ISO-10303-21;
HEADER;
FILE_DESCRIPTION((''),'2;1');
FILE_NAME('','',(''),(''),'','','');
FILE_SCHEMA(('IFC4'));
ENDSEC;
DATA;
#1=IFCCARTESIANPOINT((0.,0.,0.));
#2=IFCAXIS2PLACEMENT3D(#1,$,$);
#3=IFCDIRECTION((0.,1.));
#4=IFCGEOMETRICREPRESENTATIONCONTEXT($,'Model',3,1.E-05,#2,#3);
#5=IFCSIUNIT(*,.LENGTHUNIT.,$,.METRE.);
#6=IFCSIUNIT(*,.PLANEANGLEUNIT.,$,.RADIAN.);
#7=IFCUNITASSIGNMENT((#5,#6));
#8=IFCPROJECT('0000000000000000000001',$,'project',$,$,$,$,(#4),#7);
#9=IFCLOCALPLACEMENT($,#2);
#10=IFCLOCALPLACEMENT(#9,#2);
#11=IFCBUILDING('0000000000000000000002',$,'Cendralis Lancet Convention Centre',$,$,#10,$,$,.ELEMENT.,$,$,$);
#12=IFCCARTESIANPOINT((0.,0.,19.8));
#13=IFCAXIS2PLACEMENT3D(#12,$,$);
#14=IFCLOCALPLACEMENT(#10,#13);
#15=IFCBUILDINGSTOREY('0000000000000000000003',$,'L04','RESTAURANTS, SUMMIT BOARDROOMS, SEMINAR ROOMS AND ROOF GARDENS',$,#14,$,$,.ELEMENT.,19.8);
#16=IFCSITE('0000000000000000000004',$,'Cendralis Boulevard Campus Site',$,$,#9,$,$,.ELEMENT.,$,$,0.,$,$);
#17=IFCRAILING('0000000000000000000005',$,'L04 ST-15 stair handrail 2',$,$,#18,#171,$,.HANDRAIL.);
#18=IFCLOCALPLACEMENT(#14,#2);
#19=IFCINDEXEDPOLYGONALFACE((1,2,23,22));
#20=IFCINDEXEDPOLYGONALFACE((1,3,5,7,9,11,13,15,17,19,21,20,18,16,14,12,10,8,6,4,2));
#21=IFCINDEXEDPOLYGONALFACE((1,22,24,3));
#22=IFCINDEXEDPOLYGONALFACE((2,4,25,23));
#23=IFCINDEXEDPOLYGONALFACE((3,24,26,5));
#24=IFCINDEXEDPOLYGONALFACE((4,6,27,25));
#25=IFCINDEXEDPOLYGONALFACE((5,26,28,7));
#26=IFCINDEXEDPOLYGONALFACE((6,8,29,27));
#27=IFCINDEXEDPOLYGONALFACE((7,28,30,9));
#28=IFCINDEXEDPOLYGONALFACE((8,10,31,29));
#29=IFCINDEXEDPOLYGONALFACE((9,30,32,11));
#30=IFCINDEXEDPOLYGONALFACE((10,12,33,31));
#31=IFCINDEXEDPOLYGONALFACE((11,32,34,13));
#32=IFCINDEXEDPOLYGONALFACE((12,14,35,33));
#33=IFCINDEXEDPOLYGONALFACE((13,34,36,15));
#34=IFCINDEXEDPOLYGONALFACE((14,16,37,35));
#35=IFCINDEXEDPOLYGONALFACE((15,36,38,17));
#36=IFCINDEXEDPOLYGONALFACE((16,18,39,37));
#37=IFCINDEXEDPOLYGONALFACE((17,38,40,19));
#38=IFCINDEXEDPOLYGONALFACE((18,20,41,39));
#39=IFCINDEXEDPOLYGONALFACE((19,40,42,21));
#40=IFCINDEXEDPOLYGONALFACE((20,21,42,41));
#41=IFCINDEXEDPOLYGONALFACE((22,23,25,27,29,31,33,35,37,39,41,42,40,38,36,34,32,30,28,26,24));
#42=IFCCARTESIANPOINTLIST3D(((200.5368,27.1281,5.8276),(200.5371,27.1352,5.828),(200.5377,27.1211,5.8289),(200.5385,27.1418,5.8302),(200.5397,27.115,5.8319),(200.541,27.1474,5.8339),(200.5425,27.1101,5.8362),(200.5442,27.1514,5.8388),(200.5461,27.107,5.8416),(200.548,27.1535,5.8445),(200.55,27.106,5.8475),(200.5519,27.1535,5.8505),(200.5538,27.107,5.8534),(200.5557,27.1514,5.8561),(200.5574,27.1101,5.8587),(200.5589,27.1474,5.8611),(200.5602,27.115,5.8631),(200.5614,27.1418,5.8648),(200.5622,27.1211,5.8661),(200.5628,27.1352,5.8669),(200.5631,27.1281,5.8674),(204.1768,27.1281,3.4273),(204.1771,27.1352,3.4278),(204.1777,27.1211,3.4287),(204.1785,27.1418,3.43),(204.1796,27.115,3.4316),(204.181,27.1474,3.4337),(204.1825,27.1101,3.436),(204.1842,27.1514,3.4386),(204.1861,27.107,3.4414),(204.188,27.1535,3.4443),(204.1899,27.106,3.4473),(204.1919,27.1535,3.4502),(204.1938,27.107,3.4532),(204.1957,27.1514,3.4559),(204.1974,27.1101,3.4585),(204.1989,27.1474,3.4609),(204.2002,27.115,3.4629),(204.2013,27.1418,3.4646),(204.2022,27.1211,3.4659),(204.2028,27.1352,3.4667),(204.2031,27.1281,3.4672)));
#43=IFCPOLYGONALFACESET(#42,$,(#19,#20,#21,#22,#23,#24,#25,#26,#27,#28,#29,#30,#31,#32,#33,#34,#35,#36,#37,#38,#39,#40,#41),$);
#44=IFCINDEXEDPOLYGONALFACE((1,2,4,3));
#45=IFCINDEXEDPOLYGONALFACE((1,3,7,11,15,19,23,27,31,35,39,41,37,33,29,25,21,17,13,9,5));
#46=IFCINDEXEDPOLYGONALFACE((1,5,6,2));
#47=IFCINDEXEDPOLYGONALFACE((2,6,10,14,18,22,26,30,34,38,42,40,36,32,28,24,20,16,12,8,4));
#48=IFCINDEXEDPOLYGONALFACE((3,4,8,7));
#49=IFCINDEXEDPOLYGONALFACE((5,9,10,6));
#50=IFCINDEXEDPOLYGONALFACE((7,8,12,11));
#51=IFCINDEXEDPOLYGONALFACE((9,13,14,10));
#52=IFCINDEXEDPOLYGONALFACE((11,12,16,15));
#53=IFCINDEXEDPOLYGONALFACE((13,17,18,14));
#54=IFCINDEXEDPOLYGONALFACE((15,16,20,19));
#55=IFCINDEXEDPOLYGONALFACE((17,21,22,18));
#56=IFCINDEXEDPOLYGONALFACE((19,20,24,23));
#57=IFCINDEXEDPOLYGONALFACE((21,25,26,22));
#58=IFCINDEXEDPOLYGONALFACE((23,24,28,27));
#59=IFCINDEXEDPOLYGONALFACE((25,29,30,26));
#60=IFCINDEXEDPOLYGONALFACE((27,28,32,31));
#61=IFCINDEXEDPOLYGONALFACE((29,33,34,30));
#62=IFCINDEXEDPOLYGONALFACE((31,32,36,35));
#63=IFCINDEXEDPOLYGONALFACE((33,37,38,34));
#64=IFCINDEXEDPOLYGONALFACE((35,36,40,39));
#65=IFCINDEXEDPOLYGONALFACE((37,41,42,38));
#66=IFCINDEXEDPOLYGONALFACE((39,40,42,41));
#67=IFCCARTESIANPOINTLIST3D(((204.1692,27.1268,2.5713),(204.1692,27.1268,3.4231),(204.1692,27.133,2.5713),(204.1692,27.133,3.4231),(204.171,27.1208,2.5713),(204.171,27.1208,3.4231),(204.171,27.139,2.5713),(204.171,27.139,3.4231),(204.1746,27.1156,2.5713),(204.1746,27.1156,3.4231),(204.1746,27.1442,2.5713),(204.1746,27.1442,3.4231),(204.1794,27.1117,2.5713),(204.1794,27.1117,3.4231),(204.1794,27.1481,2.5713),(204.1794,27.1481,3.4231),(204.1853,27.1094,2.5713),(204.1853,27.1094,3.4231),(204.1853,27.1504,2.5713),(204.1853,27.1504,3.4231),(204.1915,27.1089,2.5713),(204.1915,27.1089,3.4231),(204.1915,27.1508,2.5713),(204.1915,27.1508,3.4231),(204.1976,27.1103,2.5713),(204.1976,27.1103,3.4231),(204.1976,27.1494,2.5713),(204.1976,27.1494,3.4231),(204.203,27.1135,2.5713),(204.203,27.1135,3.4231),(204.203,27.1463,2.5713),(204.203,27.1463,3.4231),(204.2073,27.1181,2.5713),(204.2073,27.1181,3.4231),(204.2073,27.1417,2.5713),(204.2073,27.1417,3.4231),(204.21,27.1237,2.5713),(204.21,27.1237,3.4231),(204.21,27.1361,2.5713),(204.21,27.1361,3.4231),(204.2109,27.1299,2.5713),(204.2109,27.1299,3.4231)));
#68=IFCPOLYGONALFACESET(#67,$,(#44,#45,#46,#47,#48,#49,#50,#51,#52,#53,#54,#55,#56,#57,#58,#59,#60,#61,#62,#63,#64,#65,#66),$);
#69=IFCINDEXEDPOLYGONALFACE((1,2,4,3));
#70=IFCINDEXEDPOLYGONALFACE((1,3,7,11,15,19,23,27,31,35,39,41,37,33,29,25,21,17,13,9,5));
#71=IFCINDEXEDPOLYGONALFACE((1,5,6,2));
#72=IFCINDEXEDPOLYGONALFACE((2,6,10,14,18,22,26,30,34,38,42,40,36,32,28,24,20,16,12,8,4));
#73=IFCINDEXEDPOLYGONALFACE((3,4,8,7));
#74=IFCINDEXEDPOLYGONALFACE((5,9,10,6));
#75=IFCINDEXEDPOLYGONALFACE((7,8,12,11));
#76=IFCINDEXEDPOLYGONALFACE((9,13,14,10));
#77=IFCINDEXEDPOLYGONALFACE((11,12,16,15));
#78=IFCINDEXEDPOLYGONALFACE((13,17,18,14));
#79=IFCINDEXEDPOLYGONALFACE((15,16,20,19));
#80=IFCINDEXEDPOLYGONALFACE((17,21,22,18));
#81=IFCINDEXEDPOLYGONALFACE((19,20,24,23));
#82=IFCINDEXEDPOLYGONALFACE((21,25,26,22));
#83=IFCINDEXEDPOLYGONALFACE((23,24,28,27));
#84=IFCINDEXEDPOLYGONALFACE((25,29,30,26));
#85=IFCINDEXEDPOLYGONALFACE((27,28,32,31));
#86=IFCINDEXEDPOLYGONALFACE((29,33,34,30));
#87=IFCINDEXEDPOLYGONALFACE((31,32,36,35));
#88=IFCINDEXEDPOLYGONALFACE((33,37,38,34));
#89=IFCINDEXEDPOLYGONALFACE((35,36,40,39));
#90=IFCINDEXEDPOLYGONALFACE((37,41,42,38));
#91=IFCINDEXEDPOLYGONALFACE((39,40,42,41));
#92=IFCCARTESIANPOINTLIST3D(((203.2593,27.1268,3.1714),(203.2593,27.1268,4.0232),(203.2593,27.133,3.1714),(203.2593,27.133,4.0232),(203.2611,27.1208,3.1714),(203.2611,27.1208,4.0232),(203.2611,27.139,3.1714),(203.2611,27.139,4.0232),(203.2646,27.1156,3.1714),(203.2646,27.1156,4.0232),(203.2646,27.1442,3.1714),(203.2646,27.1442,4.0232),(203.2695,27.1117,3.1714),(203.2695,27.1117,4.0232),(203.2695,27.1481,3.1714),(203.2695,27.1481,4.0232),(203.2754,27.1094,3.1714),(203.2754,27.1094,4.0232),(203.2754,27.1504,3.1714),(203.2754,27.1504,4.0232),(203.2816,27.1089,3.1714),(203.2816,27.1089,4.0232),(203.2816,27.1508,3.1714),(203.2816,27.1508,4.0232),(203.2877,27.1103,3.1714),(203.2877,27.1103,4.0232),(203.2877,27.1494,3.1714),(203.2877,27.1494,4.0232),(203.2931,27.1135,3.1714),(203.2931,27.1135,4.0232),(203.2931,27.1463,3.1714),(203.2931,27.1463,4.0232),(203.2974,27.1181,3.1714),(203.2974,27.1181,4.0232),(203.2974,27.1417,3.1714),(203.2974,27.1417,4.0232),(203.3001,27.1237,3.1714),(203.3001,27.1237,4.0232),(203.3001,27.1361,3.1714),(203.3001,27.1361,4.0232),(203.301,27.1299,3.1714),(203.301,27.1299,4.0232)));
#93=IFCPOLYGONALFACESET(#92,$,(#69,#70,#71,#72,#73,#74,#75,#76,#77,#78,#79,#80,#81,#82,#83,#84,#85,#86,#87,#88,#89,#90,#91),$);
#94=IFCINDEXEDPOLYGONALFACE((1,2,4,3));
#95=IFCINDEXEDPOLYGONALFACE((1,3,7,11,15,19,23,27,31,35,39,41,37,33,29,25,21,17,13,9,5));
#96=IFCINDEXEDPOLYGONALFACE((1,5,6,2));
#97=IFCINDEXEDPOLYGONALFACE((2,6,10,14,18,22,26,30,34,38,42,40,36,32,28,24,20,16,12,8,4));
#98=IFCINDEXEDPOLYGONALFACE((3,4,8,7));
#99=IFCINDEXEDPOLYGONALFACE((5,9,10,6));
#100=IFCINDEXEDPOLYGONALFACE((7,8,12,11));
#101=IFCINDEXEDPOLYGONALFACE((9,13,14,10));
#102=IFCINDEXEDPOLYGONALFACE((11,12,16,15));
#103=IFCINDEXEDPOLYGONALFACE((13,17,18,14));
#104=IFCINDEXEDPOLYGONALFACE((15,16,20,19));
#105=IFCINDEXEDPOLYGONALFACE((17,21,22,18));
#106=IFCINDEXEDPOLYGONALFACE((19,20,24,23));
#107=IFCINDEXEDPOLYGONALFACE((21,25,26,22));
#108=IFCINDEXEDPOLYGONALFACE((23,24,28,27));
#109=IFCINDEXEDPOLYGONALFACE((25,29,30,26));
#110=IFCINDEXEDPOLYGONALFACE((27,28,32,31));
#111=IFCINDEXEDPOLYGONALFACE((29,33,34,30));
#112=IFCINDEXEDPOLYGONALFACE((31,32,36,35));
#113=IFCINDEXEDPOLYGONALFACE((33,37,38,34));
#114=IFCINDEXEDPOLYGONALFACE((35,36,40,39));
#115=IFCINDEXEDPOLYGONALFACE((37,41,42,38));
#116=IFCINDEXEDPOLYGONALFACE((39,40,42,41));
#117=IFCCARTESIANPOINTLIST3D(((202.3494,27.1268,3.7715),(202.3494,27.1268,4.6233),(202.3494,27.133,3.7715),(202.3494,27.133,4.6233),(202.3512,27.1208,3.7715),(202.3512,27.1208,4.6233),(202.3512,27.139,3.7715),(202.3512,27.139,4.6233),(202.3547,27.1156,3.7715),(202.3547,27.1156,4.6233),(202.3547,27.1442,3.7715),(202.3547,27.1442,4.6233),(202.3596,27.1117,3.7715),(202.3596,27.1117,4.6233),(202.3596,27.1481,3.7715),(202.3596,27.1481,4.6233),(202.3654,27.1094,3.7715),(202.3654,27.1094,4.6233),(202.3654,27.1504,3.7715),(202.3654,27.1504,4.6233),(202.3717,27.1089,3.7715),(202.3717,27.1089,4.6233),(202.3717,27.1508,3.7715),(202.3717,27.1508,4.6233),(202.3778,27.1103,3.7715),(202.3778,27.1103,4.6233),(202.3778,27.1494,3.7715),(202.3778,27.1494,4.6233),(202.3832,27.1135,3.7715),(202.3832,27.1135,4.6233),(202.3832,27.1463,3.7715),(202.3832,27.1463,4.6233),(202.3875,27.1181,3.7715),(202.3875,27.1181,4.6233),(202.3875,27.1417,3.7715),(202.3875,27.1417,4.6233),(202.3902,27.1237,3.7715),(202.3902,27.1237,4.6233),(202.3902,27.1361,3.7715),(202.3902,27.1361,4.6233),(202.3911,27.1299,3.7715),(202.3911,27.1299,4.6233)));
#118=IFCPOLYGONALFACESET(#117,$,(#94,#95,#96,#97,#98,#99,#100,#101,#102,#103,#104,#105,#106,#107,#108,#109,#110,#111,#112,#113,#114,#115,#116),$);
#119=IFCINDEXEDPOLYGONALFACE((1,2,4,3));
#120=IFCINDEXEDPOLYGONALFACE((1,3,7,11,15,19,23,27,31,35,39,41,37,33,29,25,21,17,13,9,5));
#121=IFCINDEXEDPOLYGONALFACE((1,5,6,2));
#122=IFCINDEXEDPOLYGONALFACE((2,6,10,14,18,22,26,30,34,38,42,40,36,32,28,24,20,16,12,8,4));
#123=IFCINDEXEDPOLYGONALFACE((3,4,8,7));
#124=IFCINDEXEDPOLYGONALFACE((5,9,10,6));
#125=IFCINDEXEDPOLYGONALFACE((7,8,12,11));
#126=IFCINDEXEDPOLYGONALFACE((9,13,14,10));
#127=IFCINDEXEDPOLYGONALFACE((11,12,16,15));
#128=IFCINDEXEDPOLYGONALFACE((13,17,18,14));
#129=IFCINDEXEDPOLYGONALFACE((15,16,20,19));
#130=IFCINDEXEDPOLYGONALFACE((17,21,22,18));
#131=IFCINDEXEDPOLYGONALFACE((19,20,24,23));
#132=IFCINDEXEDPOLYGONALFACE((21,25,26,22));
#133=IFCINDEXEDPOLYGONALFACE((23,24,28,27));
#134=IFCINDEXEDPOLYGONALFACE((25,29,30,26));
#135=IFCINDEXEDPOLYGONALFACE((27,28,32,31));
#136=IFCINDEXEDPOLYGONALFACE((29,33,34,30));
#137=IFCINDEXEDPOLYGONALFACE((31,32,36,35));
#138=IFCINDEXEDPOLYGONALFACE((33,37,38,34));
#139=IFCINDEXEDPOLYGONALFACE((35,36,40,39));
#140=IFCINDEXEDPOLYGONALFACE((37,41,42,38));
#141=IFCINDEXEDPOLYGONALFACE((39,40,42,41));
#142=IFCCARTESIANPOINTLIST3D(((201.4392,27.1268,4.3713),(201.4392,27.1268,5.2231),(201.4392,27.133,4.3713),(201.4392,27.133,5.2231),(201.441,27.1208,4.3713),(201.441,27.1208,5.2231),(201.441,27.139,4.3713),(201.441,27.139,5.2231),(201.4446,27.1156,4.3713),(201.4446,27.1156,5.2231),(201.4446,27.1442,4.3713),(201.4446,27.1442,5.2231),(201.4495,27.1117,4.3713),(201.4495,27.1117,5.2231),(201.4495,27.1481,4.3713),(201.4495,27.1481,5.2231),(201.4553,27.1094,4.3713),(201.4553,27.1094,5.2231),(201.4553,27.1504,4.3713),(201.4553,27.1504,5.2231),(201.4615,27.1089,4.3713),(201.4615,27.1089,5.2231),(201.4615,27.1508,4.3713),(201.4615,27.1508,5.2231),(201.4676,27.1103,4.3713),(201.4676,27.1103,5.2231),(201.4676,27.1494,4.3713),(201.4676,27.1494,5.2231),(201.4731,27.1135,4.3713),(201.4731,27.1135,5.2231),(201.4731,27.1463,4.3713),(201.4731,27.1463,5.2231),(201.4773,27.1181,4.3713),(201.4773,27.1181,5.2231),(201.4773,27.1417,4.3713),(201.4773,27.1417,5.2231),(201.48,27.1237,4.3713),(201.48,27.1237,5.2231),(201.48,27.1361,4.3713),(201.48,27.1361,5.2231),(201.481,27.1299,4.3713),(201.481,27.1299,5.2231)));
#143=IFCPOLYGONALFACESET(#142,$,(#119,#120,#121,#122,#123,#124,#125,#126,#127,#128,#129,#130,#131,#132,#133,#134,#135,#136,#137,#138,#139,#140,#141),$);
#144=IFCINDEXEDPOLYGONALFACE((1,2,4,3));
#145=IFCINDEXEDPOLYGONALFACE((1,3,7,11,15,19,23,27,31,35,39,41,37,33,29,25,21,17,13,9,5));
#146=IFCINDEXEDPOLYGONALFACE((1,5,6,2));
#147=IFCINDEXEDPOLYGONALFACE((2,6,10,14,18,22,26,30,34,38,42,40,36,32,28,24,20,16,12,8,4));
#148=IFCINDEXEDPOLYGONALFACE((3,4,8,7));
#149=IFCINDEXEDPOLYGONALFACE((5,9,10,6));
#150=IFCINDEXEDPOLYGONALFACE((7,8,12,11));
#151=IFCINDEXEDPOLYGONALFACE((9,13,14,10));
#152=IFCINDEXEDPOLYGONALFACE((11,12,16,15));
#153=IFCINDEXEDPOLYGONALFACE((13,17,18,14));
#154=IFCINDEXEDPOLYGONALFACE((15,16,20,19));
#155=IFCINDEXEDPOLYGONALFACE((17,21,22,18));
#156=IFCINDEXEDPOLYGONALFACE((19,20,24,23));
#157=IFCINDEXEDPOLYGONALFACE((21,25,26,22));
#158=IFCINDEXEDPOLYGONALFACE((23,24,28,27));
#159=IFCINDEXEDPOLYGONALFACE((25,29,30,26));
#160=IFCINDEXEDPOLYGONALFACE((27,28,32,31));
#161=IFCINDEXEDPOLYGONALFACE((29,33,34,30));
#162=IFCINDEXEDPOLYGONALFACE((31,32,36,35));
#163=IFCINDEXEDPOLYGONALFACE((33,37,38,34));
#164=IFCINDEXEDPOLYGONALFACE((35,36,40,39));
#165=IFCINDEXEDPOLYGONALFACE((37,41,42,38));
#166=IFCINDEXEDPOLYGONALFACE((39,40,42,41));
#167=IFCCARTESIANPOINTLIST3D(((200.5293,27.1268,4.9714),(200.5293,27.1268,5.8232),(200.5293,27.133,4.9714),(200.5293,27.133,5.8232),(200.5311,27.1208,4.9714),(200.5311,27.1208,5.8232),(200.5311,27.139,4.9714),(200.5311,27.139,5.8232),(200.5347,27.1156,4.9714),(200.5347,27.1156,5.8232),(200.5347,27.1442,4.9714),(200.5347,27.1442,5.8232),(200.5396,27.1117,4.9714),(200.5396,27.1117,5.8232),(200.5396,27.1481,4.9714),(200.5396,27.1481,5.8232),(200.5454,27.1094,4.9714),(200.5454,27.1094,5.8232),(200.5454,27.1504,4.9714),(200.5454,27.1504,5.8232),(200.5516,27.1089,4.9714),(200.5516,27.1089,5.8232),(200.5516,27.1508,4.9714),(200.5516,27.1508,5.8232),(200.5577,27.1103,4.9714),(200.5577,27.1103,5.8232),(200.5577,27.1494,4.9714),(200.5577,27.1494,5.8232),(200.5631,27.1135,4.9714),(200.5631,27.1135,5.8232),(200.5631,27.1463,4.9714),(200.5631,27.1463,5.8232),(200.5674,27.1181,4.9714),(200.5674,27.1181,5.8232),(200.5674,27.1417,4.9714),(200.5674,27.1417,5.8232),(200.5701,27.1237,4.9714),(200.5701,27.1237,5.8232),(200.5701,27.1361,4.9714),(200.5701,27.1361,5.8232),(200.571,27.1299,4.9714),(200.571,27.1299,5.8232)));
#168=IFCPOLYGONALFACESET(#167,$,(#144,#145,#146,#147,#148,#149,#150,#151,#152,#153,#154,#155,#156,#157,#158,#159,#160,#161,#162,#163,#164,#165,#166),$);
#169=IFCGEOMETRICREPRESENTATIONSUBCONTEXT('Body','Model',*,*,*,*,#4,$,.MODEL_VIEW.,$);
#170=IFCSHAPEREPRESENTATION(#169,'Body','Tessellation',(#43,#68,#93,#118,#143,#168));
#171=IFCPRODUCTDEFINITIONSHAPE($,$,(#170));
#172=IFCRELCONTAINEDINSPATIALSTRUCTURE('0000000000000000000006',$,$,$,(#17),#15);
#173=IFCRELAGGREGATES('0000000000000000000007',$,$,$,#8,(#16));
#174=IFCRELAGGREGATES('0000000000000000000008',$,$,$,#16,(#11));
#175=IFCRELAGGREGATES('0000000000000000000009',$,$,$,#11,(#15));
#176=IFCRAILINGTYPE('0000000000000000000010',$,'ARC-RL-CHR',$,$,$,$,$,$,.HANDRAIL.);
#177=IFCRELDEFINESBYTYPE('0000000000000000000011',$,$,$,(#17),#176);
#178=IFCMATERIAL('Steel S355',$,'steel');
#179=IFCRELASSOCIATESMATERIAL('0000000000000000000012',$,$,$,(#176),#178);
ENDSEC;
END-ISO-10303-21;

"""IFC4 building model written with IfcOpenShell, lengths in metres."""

from ifc_helpers import new_model, si_unit, direction, frame, origin, origin_2d, place, context, subcontext, project, spatial, circle, extrude, material, type_object, element, save


model = new_model("IFC4")

# Units and contexts
model_context = context("Model", 3, precision=1e-05, world=origin(), true_north=direction((0.0, 1.0)))
body_context = subcontext(model_context, "Body", "Model", "MODEL_VIEW")
ifc_project = project(units=[si_unit("LENGTHUNIT", "METRE"), si_unit("PLANEANGLEUNIT", "RADIAN")], contexts=[model_context])

# Site, building, storey
site_placement = place(None, origin())
site = spatial("IfcSite", under=ifc_project, at=site_placement, Name="Cendralis Boulevard Campus Site", CompositionType="ELEMENT", RefElevation=0.0)
building_placement = place(site_placement, origin())
building = spatial("IfcBuilding", under=site, at=building_placement, Name="Cendralis Lancet Convention Centre", CompositionType="ELEMENT")
storey_placement = place(building_placement, frame((0.0, 0.0, 19.8)))
storey = spatial("IfcBuildingStorey", under=building, at=storey_placement, Name="L04", Description="RESTAURANTS, SUMMIT BOARDROOMS, SEMINAR ROOMS AND ROOF GARDENS", CompositionType="ELEMENT", Elevation=19.8)

# Railing
ifc_material_1 = material(Name="Steel S355", Category="steel")
railing_type_1 = type_object("IfcRailingType", Name="ARC-RL-CHR", PredefinedType="HANDRAIL", material=ifc_material_1)
for number, where, name in (
    (1, (204.1899, 27.1299, 2.5713), "L04 ST-15 stair handrail 2"),
):
    element("IfcRailing", number, at=place(storey_placement, frame(where)), inside=storey, type_object=railing_type_1, Name=name, PredefinedType="HANDRAIL", context=body_context, shape_type="SweptSolid", body=[
        extrude(circle(Radius=0.0239, at=origin_2d()), frame((0.0, 0.0, 0.876), z_axis=(-0.834839, 0.0, 0.550493), x_axis=(0.0, -1.0, 0.0)), (0.0, 0.0, 1.0), 4.3601),
        extrude(circle(Radius=0.021, at=origin_2d()), origin(), (0.0, 0.0, 1.0), 0.8518),
        extrude(circle(Radius=0.021, at=origin_2d()), frame((-0.9099, 0.0, 0.6001)), (0.0, 0.0, 1.0), 0.8518),
        extrude(circle(Radius=0.021, at=origin_2d()), frame((-1.8198, 0.0, 1.2002)), (0.0, 0.0, 1.0), 0.8518),
        extrude(circle(Radius=0.021, at=origin_2d()), frame((-2.73, 0.0, 1.8)), (0.0, 0.0, 1.0), 0.8518),
        extrude(circle(Radius=0.021, at=origin_2d()), frame((-3.6399, 0.0, 2.4001)), (0.0, 0.0, 1.0), 0.8518),
    ])

save(model, "model.ifc")
